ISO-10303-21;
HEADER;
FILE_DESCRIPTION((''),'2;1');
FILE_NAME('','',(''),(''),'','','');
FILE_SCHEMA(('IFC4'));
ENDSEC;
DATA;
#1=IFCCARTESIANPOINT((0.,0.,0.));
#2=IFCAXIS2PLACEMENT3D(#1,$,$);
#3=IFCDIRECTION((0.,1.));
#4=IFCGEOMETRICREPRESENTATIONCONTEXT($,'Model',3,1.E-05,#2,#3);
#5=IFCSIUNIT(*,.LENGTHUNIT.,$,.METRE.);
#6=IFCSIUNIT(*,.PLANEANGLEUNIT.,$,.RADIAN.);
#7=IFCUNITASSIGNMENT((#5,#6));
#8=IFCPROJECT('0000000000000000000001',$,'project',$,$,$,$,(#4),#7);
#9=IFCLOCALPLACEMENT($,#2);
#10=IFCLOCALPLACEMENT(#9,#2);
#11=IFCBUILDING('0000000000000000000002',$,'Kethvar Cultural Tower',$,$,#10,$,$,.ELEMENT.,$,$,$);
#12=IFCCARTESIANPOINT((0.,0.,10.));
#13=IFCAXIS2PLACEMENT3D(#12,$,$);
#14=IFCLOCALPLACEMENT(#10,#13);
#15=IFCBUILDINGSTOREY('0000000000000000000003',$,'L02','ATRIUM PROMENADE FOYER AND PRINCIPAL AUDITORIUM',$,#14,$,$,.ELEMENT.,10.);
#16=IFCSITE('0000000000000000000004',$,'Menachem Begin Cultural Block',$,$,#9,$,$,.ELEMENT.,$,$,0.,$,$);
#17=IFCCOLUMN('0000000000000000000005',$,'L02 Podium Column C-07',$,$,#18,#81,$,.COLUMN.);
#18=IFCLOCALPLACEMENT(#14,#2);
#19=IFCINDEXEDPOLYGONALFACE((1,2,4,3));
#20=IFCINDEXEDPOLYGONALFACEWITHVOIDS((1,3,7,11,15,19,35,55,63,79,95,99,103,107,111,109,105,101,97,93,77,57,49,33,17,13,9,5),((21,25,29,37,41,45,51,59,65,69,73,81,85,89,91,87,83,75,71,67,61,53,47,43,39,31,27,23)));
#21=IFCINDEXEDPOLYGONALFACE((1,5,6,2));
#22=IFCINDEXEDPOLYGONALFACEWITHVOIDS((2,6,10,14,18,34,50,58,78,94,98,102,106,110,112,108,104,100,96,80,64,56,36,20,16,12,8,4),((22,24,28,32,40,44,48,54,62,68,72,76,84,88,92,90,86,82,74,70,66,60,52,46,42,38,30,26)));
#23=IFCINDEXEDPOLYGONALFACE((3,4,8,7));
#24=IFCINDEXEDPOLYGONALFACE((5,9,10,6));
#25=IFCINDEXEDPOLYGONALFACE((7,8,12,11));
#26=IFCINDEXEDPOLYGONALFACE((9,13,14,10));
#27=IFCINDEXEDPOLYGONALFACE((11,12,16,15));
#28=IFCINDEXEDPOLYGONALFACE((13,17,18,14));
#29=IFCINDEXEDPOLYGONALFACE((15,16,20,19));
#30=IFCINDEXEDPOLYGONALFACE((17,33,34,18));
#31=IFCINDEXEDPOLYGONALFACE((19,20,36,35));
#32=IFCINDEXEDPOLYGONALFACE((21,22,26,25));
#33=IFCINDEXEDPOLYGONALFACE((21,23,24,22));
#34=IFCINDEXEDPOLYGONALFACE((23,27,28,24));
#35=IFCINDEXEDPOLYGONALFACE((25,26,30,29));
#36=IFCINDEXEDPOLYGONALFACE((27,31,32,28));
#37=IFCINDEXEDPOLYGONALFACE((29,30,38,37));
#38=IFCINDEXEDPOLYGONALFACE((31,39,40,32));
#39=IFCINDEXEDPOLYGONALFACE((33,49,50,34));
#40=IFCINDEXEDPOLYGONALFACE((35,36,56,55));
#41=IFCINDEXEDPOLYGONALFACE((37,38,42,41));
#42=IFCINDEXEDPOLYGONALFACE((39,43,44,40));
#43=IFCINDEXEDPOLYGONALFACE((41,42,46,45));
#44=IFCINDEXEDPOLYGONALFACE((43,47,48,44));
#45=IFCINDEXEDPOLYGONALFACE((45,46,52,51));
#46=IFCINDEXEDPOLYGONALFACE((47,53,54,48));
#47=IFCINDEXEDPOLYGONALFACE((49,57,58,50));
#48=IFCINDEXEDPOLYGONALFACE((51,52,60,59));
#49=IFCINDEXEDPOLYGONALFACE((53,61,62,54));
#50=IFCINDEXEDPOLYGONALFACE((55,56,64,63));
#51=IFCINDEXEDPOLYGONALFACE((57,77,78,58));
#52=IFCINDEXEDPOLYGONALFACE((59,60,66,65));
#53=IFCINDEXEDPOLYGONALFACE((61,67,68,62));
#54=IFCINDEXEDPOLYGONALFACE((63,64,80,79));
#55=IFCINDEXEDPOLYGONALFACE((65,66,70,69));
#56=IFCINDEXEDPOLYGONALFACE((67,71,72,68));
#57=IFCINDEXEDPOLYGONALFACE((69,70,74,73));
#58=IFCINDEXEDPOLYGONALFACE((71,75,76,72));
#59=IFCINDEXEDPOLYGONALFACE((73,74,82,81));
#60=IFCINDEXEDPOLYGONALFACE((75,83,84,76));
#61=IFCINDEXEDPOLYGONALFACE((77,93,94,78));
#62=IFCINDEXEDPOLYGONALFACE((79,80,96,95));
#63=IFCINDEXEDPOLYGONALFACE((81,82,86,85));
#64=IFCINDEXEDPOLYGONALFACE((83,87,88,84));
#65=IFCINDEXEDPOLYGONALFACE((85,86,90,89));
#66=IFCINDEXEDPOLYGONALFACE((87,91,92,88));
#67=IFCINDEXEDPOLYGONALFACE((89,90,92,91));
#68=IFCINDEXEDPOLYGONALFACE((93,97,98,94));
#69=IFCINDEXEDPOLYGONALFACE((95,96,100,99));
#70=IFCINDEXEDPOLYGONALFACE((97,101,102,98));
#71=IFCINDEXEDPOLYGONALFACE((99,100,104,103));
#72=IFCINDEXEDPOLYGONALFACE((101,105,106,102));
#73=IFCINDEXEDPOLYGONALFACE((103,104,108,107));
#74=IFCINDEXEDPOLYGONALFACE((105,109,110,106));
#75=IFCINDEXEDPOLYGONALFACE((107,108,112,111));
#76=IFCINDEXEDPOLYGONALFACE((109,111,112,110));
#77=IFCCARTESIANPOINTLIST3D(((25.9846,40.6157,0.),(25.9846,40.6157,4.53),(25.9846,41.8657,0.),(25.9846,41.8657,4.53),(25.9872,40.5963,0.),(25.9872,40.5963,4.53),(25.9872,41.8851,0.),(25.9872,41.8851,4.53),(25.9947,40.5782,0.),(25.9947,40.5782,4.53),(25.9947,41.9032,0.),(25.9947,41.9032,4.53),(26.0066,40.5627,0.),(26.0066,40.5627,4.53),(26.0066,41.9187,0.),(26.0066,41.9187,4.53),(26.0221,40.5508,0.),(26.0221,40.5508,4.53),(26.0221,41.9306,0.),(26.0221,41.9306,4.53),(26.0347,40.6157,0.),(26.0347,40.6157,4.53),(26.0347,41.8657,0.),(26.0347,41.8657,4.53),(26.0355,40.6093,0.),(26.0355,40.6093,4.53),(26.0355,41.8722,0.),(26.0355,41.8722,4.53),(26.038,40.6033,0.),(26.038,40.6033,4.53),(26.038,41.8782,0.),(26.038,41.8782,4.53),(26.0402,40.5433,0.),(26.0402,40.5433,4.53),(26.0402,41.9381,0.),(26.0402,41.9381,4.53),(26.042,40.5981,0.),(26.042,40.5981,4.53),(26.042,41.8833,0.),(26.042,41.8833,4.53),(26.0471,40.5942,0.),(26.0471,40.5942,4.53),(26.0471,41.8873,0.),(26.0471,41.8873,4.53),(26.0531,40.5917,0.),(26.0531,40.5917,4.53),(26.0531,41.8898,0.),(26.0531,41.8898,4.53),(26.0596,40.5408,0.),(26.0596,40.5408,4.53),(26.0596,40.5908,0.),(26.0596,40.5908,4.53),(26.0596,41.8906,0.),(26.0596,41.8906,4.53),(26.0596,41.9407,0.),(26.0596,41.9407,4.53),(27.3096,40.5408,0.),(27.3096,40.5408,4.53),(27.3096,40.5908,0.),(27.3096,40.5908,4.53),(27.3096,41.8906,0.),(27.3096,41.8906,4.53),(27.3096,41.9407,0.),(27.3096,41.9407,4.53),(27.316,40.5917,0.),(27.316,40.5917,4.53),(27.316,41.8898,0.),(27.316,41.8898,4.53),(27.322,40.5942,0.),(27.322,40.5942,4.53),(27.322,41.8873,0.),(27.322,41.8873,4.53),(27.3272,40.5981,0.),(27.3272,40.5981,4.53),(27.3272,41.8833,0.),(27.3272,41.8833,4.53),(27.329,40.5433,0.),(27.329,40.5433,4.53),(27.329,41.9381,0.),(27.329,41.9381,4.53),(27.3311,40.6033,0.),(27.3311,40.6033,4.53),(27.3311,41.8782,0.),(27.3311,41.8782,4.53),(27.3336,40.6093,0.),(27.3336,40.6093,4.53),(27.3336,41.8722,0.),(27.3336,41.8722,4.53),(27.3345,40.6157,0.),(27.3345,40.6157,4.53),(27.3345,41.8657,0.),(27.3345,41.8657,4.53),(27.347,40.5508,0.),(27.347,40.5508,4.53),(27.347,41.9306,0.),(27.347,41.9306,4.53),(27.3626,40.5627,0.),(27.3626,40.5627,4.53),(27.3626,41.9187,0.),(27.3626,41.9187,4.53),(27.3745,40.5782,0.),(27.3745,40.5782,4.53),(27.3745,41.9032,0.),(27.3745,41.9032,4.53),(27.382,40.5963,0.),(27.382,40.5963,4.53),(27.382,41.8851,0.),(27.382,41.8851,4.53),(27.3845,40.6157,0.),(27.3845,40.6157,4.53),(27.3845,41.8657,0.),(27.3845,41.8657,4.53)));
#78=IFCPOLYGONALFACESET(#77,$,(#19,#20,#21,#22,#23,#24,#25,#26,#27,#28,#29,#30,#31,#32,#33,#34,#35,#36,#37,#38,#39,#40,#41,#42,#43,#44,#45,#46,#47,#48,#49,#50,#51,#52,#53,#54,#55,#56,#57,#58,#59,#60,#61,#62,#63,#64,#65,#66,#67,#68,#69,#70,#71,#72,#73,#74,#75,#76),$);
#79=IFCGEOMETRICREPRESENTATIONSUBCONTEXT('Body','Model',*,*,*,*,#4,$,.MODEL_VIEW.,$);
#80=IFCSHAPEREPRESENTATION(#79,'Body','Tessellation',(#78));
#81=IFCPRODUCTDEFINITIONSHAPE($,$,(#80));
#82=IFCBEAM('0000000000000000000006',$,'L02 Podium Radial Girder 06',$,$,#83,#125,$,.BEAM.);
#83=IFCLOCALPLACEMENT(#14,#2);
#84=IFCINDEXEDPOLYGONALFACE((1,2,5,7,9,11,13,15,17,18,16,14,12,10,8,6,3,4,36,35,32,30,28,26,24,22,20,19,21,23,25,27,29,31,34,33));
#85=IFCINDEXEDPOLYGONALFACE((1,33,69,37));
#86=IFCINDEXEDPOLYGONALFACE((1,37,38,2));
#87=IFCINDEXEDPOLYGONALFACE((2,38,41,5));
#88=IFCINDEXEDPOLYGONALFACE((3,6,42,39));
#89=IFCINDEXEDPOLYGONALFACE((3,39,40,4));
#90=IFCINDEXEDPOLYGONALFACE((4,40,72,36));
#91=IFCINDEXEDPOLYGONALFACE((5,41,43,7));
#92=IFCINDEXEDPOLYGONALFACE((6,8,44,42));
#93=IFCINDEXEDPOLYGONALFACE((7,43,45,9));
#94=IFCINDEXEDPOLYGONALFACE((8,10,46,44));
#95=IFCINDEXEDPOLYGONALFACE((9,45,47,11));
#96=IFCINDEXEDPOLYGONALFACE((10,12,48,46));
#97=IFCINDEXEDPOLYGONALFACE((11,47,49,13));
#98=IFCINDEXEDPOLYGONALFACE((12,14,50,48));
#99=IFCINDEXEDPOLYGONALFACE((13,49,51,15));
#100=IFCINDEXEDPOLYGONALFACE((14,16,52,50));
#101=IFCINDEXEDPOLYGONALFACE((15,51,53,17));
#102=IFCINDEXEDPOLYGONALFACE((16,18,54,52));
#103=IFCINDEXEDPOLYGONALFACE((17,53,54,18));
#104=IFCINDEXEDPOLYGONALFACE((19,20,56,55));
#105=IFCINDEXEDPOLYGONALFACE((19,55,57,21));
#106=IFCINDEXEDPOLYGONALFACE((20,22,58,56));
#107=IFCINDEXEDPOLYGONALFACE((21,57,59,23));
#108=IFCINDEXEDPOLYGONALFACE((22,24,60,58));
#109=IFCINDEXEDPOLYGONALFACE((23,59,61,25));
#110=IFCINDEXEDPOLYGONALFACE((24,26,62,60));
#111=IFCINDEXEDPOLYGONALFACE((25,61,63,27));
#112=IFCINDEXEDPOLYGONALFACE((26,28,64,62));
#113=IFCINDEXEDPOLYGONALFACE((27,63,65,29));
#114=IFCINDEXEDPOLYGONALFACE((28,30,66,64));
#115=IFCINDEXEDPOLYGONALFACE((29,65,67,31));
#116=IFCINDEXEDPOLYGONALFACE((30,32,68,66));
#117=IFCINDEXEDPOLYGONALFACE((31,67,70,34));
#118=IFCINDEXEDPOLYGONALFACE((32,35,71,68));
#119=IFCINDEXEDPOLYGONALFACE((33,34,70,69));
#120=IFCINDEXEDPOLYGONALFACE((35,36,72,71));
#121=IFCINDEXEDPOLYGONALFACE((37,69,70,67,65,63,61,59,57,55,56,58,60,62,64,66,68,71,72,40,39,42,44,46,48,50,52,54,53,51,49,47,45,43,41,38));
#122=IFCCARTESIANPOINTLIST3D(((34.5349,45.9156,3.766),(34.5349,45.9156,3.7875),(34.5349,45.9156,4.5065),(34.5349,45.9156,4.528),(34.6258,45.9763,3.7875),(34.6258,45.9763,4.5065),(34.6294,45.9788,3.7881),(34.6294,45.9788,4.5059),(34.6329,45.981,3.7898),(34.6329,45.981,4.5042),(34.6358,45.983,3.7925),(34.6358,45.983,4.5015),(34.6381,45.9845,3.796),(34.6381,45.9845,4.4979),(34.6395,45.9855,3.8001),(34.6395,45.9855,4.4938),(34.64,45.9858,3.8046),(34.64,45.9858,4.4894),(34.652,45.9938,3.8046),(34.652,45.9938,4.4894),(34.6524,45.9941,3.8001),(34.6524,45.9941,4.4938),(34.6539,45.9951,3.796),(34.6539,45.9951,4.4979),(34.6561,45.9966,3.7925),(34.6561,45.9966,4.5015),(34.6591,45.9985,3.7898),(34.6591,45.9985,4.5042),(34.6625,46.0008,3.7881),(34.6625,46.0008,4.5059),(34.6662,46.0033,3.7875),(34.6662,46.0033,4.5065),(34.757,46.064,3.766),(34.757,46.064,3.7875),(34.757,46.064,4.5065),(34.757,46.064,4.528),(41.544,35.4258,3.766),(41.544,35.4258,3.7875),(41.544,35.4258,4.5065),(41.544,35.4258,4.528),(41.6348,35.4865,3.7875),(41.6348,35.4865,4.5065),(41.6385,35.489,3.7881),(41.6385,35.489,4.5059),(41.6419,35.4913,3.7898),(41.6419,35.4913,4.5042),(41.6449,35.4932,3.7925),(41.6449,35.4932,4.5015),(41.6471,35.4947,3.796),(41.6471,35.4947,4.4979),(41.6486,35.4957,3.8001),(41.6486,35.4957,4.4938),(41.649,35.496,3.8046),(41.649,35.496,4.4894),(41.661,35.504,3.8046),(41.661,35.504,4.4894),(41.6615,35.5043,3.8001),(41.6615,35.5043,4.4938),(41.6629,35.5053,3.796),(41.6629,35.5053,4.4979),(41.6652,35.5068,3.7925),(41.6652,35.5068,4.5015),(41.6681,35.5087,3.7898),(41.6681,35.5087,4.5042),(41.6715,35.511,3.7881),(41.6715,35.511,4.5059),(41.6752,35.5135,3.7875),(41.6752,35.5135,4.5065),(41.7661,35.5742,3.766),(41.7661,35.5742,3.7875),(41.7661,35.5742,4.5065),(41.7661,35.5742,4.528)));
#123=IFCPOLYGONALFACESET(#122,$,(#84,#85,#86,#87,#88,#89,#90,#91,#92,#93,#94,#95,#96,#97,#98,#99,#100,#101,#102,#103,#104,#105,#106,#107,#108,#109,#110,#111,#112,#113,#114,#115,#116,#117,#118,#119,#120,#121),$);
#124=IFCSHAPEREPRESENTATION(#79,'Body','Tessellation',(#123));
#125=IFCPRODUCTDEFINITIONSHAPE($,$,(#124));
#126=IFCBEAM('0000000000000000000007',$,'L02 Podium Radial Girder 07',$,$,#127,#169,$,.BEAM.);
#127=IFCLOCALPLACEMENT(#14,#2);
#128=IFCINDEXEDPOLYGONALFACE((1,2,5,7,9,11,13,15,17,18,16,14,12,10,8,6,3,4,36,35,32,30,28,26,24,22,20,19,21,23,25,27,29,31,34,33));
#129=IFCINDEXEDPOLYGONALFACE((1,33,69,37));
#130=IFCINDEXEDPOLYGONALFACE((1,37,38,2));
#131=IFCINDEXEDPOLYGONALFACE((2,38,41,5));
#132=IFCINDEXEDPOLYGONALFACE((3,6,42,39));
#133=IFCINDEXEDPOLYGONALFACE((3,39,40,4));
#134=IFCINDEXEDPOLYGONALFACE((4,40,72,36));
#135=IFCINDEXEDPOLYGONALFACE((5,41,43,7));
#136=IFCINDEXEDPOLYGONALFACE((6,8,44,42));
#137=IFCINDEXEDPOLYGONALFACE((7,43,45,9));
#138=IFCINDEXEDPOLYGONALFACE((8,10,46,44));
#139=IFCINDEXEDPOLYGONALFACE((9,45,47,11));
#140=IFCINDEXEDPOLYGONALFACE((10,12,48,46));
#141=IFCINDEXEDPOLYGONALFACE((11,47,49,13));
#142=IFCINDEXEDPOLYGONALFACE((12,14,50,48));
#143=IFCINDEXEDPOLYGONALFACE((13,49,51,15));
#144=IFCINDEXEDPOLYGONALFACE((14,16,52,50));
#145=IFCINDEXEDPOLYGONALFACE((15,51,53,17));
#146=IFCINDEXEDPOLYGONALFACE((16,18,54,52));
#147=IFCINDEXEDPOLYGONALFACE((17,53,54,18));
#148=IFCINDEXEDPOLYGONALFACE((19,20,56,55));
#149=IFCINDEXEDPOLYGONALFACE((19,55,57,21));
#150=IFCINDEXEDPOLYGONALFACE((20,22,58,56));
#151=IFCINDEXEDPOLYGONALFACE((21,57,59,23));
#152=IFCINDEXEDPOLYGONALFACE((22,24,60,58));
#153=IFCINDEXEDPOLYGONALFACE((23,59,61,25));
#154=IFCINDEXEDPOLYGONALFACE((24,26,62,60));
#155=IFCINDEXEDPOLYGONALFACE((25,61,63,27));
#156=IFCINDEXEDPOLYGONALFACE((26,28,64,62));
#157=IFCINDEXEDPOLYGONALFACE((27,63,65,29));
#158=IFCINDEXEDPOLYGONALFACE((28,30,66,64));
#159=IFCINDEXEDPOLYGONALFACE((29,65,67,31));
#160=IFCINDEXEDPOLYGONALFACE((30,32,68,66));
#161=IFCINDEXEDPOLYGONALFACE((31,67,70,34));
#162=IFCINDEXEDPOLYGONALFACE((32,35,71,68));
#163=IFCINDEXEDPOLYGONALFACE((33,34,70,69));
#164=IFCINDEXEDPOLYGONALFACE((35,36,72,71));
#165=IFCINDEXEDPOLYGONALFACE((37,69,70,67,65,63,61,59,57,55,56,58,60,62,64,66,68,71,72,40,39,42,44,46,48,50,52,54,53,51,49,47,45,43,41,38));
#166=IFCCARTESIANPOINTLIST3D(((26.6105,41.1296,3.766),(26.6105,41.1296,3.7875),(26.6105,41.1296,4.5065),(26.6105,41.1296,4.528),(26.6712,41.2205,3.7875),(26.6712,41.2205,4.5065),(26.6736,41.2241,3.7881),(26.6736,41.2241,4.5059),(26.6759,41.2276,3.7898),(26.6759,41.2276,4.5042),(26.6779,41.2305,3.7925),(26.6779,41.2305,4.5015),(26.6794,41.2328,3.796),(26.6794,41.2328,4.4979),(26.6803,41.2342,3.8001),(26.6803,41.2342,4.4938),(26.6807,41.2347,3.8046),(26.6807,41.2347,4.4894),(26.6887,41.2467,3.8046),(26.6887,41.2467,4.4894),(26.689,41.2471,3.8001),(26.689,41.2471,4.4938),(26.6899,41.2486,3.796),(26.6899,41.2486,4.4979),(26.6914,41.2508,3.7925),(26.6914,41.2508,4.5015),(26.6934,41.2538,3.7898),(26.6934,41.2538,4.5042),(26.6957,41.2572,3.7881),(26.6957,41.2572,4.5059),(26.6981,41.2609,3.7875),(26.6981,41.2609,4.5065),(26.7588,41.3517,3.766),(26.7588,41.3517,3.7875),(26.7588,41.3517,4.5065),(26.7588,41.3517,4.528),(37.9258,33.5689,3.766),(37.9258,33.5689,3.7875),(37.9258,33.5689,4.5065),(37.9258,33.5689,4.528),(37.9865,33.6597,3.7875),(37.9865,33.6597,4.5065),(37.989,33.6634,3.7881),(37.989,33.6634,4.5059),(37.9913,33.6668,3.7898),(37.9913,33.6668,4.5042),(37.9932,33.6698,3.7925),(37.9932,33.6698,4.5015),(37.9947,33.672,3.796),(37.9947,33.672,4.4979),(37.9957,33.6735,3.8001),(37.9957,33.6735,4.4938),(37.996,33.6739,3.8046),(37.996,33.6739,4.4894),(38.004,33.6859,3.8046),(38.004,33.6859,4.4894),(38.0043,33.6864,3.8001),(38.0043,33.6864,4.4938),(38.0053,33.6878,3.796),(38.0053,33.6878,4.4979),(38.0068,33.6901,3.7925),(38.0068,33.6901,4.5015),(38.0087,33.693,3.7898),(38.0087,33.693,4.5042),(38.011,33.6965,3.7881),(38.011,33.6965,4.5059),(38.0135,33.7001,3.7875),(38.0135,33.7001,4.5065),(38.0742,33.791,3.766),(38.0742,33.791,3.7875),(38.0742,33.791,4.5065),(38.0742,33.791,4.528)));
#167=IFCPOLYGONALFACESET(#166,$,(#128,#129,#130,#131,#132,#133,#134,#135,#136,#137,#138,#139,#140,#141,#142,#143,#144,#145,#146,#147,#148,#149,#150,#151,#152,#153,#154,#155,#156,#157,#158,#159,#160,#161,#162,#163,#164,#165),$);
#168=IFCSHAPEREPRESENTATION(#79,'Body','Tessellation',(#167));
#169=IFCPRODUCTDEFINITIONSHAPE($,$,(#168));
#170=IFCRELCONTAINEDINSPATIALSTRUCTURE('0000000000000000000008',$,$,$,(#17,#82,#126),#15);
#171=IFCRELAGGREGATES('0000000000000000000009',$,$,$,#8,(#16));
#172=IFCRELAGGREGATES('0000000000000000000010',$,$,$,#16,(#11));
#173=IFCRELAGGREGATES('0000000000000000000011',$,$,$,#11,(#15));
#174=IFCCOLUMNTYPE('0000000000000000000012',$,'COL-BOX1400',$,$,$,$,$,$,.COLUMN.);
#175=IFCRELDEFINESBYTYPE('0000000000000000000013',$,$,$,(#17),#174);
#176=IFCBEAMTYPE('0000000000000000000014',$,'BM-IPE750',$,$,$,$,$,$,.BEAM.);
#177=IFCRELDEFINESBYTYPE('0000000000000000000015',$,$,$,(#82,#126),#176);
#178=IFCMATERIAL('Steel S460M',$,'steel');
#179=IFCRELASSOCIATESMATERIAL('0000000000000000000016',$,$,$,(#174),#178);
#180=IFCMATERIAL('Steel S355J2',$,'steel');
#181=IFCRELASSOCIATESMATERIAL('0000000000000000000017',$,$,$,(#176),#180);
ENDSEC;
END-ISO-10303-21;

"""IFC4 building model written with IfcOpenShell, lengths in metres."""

from ifc_helpers import new_model, si_unit, direction, frame, origin, origin_2d, place, context, subcontext, project, spatial, hollow_rectangle, i_section, extrude, source, transform, mapped, material, material_profile, profile_set, type_object, element, save


model = new_model("IFC4")

# Units and contexts
model_context = context("Model", 3, precision=1e-05, world=origin(), true_north=direction((0.0, 1.0)))
body_context = subcontext(model_context, "Body", "Model", "MODEL_VIEW")
ifc_project = project(units=[si_unit("LENGTHUNIT", "METRE"), si_unit("PLANEANGLEUNIT", "RADIAN")], contexts=[model_context])

# Site, building, storey
site_placement = place(None, origin())
site = spatial("IfcSite", under=ifc_project, at=site_placement, Name="Menachem Begin Cultural Block", CompositionType="ELEMENT", RefElevation=0.0)
building_placement = place(site_placement, origin())
building = spatial("IfcBuilding", under=site, at=building_placement, Name="Kethvar Cultural Tower", CompositionType="ELEMENT")
storey_placement = place(building_placement, frame((0.0, 0.0, 10.0)))
storey = spatial("IfcBuildingStorey", under=building, at=storey_placement, Name="L02", Description="ATRIUM PROMENADE FOYER AND PRINCIPAL AUDITORIUM", CompositionType="ELEMENT", Elevation=10.0)

# Column
ifc_material_1 = material(Name="Steel S460M", Category="steel")
ifc_material_profile_1 = material_profile(ifc_material_1, hollow_rectangle(XDim=1.3999, YDim=1.3999, WallThickness=0.05, InnerFilletRadius=0.0249, OuterFilletRadius=0.075, at=origin_2d()), Name="Steel S460M — BOX1400x1400x50")
ifc_profile_set_1 = profile_set([ifc_material_profile_1], Name="Steel S460M — BOX1400x1400x50")
column_type = type_object("IfcColumnType", Name="COL-BOX1400", PredefinedType="COLUMN", material=ifc_profile_set_1)
shared_shape_1 = source(origin(), body_context, "Body", "SweptSolid", [
    extrude(hollow_rectangle(XDim=1.3999, YDim=1.3999, WallThickness=0.05, InnerFilletRadius=0.0249, OuterFilletRadius=0.075, at=origin_2d()), origin(), (0.0, 0.0, 1.0), 4.53),
])
column_placement = place(storey_placement, frame((26.6846, 41.2407, 0.0), z_axis=(0.0, 0.0, 1.0), x_axis=(1.0, 0.0, 0.0)))
element("IfcColumn", 1, at=column_placement, inside=storey, type_object=column_type, Name="L02 Podium Column C-07", PredefinedType="COLUMN", context=body_context, shape_type="MappedRepresentation", body=[
    mapped(shared_shape_1, transform((0.0, 0.0, 0.0), scale=1.0)),
])

# Beams
ifc_material_2 = material(Name="Steel S355J2", Category="steel")
ifc_material_profile_2 = material_profile(ifc_material_2, i_section(OverallWidth=0.2671, OverallDepth=0.762, WebThickness=0.0144, FlangeThickness=0.0215, FilletRadius=0.0171, at=origin_2d()), Name="Steel S355J2 — IPE750x173")
ifc_profile_set_2 = profile_set([ifc_material_profile_2], Name="Steel S355J2 — IPE750x173")
beam_type = type_object("IfcBeamType", Name="BM-IPE750", PredefinedType="BEAM", material=ifc_profile_set_2)
shared_shape_2 = source(origin(), body_context, "Body", "SweptSolid", [
    extrude(i_section(OverallWidth=0.2671, OverallDepth=0.762, WebThickness=0.0144, FlangeThickness=0.0215, FilletRadius=0.0171, at=origin_2d()), origin(), (0.0, 0.0, 1.0), 12.616),
])
beam_1_placement = place(storey_placement, frame((41.655, 35.5, 4.147), z_axis=(-0.555571, 0.831469, 0.0), x_axis=(-0.831469, -0.555571, 0.0)))
element("IfcBeam", 2, at=beam_1_placement, inside=storey, type_object=beam_type, Name="L02 Podium Radial Girder 06", PredefinedType="BEAM", context=body_context, shape_type="MappedRepresentation", body=[
    mapped(shared_shape_2, transform((0.0, 0.0, 0.0), scale=1.0)),
])
shared_shape_3 = source(origin(), body_context, "Body", "SweptSolid", [
    extrude(i_section(OverallWidth=0.2671, OverallDepth=0.762, WebThickness=0.0144, FlangeThickness=0.0215, FilletRadius=0.0171, at=origin_2d()), origin(), (0.0, 0.0, 1.0), 13.6089),
])
beam_2_placement = place(storey_placement, frame((38.0, 33.6799, 4.147), z_axis=(-0.831467, 0.555573, 0.0), x_axis=(-0.555573, -0.831467, 0.0)))
element("IfcBeam", 3, at=beam_2_placement, inside=storey, type_object=beam_type, Name="L02 Podium Radial Girder 07", PredefinedType="BEAM", context=body_context, shape_type="MappedRepresentation", body=[
    mapped(shared_shape_3, transform((0.0, 0.0, 0.0), scale=1.0)),
])

save(model, "model.ifc")
